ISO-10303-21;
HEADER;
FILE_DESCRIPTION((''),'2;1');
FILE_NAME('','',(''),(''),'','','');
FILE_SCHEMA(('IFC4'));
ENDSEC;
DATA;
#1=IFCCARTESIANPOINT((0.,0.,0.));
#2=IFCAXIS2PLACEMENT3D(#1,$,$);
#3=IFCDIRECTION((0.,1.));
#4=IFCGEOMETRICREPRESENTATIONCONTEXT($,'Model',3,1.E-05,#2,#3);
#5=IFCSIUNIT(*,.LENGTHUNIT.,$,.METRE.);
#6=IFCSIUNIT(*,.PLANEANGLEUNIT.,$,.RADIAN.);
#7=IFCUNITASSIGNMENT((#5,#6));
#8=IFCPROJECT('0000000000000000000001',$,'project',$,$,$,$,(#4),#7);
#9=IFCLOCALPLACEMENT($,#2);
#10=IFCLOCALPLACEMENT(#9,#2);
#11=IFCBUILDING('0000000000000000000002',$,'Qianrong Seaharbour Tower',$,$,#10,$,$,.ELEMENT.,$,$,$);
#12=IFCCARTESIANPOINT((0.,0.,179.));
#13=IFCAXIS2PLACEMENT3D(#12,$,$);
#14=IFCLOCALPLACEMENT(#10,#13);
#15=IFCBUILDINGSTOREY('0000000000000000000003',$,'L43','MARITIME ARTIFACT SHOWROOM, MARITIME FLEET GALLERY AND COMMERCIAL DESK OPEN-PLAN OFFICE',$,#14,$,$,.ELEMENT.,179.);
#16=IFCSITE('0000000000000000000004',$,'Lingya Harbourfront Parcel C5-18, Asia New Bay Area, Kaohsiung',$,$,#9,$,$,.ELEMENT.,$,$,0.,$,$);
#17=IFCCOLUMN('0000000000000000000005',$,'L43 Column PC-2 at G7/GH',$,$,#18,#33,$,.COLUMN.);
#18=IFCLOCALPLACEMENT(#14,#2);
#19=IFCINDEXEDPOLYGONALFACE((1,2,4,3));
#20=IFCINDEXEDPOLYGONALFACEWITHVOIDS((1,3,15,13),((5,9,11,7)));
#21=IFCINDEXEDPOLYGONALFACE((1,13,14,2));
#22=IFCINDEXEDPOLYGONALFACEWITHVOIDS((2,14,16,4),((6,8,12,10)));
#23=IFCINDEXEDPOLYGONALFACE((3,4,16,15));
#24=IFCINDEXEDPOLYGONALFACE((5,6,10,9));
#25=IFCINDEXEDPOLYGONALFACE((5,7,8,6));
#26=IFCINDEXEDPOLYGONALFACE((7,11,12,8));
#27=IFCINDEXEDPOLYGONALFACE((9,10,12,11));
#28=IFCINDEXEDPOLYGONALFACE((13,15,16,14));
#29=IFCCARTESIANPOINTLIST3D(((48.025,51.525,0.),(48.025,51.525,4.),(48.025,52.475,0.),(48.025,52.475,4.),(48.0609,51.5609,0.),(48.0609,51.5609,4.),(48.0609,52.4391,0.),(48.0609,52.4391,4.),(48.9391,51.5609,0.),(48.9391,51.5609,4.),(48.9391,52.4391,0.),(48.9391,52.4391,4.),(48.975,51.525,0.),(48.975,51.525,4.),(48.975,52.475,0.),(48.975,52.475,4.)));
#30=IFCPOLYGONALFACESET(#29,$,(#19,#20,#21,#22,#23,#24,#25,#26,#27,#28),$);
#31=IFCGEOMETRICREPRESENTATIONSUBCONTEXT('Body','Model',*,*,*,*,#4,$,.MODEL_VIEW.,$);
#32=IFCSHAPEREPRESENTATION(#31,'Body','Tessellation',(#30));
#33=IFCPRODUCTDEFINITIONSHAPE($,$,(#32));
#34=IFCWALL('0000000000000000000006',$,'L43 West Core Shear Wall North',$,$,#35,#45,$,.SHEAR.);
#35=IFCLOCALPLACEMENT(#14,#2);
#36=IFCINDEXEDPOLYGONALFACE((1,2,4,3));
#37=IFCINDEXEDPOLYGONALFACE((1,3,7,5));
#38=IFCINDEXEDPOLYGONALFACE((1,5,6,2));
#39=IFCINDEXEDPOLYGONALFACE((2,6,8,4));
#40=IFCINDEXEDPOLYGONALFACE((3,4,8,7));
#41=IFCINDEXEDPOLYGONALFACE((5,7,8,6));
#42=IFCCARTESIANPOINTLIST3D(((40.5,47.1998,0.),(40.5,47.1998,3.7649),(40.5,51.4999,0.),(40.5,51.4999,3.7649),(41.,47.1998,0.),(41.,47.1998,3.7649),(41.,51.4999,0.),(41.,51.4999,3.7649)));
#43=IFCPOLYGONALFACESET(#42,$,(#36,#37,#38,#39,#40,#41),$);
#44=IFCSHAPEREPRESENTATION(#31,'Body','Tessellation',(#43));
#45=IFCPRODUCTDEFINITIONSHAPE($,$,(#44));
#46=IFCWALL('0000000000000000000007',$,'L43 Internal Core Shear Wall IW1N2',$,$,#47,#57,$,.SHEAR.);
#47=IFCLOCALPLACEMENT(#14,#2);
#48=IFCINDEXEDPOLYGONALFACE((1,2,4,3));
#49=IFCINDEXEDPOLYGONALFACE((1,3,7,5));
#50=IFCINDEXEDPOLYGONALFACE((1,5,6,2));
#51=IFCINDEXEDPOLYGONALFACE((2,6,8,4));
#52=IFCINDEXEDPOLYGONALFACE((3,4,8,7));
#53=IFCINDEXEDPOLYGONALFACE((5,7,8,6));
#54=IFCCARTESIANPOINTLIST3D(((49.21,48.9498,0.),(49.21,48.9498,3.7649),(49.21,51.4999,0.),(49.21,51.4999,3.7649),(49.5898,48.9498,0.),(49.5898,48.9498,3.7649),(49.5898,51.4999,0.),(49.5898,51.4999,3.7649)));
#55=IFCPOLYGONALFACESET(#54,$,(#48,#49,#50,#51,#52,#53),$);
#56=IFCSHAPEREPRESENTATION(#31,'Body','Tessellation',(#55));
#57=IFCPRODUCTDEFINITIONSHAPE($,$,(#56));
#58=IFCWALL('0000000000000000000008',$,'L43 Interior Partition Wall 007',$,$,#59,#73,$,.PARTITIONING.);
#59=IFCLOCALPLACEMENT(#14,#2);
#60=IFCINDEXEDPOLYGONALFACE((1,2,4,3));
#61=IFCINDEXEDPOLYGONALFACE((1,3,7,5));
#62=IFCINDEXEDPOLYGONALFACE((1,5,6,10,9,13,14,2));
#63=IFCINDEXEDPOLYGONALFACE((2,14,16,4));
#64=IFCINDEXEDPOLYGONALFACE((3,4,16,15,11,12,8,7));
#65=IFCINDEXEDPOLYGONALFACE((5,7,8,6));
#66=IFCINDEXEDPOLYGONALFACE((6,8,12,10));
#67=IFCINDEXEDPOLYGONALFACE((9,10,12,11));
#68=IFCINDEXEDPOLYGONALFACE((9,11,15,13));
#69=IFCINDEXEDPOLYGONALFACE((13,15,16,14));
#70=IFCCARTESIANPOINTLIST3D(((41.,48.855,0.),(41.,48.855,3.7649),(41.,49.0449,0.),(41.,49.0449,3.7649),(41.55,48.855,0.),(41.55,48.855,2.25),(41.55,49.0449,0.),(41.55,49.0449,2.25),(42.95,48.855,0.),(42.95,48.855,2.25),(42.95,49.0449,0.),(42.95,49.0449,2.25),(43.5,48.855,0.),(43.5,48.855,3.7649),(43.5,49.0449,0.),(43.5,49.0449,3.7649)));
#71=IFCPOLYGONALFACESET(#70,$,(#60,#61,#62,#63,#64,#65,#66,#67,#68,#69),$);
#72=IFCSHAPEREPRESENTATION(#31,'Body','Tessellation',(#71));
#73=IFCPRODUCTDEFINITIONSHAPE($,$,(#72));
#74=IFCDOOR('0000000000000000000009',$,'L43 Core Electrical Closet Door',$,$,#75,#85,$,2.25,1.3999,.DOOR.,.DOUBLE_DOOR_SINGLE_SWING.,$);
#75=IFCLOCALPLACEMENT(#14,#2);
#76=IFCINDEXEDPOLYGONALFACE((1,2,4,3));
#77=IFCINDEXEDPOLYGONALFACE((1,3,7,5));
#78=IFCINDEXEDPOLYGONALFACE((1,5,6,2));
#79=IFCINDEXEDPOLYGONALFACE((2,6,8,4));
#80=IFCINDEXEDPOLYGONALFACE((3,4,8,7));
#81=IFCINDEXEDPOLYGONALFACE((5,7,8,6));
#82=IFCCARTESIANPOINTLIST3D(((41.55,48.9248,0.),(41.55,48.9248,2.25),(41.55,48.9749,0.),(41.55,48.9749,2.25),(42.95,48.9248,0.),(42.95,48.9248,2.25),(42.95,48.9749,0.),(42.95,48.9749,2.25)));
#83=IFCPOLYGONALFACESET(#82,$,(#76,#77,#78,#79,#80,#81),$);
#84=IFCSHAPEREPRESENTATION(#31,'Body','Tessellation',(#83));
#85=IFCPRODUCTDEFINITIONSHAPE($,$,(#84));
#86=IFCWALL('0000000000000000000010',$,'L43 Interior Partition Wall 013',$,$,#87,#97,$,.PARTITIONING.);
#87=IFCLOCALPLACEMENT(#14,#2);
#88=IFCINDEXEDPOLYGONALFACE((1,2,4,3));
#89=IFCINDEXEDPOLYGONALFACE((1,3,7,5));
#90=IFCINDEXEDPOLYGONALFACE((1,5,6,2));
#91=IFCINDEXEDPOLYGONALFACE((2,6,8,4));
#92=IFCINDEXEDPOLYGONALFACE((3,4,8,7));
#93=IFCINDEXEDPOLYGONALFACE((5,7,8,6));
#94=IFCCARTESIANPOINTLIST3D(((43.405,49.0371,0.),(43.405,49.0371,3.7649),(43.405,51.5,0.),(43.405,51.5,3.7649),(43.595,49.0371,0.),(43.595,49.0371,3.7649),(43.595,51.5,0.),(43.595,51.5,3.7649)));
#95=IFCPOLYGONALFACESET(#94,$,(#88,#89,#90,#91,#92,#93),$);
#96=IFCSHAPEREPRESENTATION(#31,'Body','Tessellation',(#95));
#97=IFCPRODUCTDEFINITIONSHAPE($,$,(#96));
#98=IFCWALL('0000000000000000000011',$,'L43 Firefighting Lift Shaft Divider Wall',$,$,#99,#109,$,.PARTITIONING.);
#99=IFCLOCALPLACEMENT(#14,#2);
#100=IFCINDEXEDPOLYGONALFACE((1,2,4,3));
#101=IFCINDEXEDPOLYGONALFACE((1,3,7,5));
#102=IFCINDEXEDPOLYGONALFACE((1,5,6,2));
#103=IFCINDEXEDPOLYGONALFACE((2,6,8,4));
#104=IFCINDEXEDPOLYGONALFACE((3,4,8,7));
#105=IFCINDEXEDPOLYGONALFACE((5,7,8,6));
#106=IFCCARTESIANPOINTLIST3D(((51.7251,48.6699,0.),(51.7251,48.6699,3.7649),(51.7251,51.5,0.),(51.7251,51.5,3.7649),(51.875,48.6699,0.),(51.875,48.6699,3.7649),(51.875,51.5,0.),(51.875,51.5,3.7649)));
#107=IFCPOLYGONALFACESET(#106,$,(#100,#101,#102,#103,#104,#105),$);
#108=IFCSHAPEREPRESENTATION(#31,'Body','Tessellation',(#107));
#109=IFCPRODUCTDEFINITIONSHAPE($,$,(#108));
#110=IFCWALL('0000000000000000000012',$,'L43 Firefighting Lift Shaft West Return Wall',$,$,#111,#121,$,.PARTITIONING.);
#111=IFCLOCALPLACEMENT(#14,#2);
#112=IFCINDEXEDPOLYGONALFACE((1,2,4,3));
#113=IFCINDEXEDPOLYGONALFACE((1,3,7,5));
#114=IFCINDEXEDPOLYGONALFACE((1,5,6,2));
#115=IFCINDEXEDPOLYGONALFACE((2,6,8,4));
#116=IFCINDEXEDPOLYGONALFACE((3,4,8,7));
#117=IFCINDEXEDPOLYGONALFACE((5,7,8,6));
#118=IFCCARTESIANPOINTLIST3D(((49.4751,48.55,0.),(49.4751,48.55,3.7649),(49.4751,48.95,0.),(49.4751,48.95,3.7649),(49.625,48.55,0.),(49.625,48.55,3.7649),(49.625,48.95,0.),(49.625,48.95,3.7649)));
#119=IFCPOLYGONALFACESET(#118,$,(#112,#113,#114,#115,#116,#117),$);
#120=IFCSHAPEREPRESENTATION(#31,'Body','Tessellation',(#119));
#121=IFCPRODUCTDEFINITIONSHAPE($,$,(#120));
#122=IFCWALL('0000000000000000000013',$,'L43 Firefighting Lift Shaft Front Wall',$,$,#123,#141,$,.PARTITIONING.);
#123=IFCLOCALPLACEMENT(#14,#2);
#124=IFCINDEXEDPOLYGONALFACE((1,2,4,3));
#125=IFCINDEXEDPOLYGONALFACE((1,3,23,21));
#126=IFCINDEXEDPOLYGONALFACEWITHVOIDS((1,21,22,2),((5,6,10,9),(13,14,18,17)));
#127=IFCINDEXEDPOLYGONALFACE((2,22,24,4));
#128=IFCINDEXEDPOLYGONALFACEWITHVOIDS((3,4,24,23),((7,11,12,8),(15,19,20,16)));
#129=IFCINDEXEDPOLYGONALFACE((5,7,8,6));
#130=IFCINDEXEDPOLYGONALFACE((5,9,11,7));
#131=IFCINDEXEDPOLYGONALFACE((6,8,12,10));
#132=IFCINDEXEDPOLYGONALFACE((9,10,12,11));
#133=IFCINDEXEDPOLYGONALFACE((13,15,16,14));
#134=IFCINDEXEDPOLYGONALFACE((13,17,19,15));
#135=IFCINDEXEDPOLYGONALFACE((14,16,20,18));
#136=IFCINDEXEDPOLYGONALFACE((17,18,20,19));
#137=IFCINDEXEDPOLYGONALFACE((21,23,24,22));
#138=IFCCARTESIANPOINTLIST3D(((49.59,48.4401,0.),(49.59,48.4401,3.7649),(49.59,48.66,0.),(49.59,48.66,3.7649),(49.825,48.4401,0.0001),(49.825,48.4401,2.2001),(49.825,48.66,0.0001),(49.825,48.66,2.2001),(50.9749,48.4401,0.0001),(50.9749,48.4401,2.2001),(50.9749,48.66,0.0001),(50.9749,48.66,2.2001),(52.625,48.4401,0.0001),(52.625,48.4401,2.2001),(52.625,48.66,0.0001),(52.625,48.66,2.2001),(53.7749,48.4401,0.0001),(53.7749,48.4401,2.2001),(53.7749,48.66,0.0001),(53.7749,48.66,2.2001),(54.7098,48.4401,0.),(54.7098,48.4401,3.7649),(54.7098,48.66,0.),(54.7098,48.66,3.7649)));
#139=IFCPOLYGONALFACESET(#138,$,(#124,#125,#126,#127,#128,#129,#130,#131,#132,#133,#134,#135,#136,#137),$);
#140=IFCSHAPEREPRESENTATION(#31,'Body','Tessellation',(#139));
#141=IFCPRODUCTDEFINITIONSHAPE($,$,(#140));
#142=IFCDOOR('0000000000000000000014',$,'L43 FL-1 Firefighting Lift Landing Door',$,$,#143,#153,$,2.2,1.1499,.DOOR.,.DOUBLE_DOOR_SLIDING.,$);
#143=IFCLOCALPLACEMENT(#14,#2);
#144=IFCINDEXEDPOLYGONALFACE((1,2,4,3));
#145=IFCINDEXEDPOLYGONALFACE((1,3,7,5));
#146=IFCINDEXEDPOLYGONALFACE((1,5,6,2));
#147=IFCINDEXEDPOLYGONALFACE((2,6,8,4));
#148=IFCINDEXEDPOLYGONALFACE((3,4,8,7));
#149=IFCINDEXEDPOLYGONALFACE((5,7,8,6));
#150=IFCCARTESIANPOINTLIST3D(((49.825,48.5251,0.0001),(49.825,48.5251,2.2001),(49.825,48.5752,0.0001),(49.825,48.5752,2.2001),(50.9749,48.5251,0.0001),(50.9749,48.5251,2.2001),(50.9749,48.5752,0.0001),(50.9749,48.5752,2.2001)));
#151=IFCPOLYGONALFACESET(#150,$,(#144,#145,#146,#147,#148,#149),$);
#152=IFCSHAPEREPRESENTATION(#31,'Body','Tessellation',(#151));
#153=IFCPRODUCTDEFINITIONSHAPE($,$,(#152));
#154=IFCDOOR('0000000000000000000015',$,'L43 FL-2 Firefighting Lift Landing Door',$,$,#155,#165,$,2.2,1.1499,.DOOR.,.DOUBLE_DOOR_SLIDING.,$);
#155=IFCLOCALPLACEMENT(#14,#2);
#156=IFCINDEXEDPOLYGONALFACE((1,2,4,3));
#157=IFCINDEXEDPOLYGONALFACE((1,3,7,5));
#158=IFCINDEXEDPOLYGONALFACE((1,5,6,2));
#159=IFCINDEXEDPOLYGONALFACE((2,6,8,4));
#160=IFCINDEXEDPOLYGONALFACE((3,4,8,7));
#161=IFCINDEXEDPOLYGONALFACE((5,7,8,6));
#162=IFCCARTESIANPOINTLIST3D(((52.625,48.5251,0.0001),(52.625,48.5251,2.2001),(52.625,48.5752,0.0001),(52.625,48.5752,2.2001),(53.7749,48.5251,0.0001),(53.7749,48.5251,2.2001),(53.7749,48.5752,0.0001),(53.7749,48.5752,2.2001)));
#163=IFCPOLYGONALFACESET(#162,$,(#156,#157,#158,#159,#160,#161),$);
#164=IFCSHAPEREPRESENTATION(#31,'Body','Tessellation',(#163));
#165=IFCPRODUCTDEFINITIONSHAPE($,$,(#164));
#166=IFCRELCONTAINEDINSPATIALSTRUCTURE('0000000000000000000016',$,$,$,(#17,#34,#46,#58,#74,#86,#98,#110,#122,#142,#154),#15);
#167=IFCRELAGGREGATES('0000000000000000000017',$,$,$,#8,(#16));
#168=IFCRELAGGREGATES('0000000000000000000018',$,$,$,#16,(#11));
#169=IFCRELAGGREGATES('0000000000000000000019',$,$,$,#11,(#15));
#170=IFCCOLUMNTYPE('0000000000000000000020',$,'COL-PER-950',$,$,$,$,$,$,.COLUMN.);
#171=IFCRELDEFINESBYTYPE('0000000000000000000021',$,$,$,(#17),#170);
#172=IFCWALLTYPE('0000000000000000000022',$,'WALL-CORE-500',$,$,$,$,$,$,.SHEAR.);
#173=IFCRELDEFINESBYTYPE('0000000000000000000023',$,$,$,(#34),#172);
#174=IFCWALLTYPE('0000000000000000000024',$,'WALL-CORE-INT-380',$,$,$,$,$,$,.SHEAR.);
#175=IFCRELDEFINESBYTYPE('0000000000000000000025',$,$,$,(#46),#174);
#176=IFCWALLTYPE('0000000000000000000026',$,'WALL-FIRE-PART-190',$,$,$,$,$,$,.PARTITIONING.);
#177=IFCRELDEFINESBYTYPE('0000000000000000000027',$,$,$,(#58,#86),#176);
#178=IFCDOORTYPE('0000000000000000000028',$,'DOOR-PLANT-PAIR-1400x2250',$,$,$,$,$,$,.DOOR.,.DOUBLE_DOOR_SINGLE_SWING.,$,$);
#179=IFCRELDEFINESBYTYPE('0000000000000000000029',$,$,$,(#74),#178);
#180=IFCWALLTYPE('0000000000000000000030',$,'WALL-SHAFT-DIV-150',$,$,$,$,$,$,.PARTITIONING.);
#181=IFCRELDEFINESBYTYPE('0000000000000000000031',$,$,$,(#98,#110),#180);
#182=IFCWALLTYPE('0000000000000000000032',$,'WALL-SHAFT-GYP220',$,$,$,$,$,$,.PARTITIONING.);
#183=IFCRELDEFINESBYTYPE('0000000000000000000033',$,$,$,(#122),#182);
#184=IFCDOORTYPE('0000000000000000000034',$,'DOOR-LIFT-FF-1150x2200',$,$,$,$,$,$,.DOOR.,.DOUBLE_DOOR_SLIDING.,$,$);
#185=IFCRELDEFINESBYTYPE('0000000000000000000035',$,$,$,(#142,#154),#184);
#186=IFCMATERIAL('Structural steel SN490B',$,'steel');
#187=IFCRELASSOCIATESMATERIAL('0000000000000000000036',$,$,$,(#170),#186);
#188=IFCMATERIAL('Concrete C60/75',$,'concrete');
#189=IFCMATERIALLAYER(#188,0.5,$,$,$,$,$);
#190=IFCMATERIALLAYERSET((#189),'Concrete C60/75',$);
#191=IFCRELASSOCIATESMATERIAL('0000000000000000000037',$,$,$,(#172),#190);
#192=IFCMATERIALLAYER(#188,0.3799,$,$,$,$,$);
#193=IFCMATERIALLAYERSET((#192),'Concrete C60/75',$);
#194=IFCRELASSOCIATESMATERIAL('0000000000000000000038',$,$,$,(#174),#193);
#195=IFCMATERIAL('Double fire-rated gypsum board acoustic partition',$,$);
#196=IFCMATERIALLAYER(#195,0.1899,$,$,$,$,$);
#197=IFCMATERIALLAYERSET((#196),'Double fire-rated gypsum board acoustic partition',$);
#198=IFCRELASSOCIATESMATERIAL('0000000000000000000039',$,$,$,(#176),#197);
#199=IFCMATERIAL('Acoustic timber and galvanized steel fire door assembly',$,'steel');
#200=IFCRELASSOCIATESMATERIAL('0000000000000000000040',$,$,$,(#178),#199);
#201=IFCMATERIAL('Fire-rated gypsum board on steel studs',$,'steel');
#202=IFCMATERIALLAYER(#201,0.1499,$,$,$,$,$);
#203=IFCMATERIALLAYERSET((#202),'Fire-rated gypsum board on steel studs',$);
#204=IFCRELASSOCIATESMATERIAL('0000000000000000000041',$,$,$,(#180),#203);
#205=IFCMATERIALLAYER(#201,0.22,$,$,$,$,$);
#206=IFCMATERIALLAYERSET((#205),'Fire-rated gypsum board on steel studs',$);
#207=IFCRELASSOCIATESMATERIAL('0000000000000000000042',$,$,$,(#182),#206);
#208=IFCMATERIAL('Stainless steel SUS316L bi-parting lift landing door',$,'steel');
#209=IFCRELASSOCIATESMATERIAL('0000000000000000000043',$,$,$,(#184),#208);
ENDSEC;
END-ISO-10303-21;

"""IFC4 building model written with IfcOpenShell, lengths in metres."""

from ifc_helpers import new_model, si_unit, direction, frame, frame_2d, origin, origin_2d, place, context, subcontext, project, spatial, rectangle, hollow_rectangle, extrude, material, layer, layer_set, material_profile, profile_set, type_object, element, fill, save


model = new_model("IFC4")

# Units and contexts
model_context = context("Model", 3, precision=1e-05, world=origin(), true_north=direction((0.0, 1.0)))
body_context = subcontext(model_context, "Body", "Model", "MODEL_VIEW")
ifc_project = project(units=[si_unit("LENGTHUNIT", "METRE"), si_unit("PLANEANGLEUNIT", "RADIAN")], contexts=[model_context])

# Site, building, storey
site_placement = place(None, origin())
site = spatial("IfcSite", under=ifc_project, at=site_placement, Name="Lingya Harbourfront Parcel C5-18, Asia New Bay Area, Kaohsiung", CompositionType="ELEMENT", RefElevation=0.0)
building_placement = place(site_placement, origin())
building = spatial("IfcBuilding", under=site, at=building_placement, Name="Qianrong Seaharbour Tower", CompositionType="ELEMENT")
storey_placement = place(building_placement, frame((0.0, 0.0, 179.0)))
storey = spatial("IfcBuildingStorey", under=building, at=storey_placement, Name="L43", Description="MARITIME ARTIFACT SHOWROOM, MARITIME FLEET GALLERY AND COMMERCIAL DESK OPEN-PLAN OFFICE", CompositionType="ELEMENT", Elevation=179.0)

# Column
ifc_material_1 = material(Name="Structural steel SN490B", Category="steel")
ifc_material_profile = material_profile(ifc_material_1, hollow_rectangle(XDim=0.95, YDim=0.95, WallThickness=0.0359, at=origin_2d()), Name="BOX950x950x36")
ifc_profile_set = profile_set([ifc_material_profile], Name="Structural steel SN490B")
column_type = type_object("IfcColumnType", Name="COL-PER-950", PredefinedType="COLUMN", material=ifc_profile_set)
column_placement = place(storey_placement, frame((48.5, 52.0, 0.0), z_axis=(0.0, 0.0, 1.0), x_axis=(1.0, 0.0, 0.0)))
element("IfcColumn", 1, at=column_placement, inside=storey, type_object=column_type, Name="L43 Column PC-2 at G7/GH", PredefinedType="COLUMN", context=body_context, shape_type="SweptSolid", body=[
    extrude(hollow_rectangle(XDim=0.95, YDim=0.95, WallThickness=0.0359, at=origin_2d()), origin(), (0.0, 0.0, 1.0), 4.0),
])

# Walls
ifc_material_2 = material(Name="Concrete C60/75", Category="concrete")
ifc_layer_1 = layer(ifc_material_2, 0.5)
ifc_layer_set_1 = layer_set([ifc_layer_1], Name="Concrete C60/75")
wall_type_1 = type_object("IfcWallType", Name="WALL-CORE-500", PredefinedType="SHEAR", material=ifc_layer_set_1)
wall_1_placement = place(storey_placement, frame((40.75, 47.2, 0.0), z_axis=(0.0, 0.0, 1.0), x_axis=(0.0, 1.0, 0.0)))
element("IfcWall", 2, at=wall_1_placement, inside=storey, type_object=wall_type_1, Name="L43 West Core Shear Wall North", PredefinedType="SHEAR", context=body_context, shape_type="SweptSolid", body=[
    extrude(rectangle(XDim=4.3, YDim=0.5, at=frame_2d((2.1499, 0.0))), origin(), (0.0, 0.0, 1.0), 3.7649),
])
ifc_layer_2 = layer(ifc_material_2, 0.3799)
ifc_layer_set_2 = layer_set([ifc_layer_2], Name="Concrete C60/75")
wall_type_2 = type_object("IfcWallType", Name="WALL-CORE-INT-380", PredefinedType="SHEAR", material=ifc_layer_set_2)
wall_2_placement = place(storey_placement, frame((49.3999, 48.95, 0.0), z_axis=(0.0, 0.0, 1.0), x_axis=(0.0, 1.0, 0.0)))
element("IfcWall", 3, at=wall_2_placement, inside=storey, type_object=wall_type_2, Name="L43 Internal Core Shear Wall IW1N2", PredefinedType="SHEAR", context=body_context, shape_type="SweptSolid", body=[
    extrude(rectangle(XDim=2.55, YDim=0.3799, at=frame_2d((1.2749, 0.0))), origin(), (0.0, 0.0, 1.0), 3.7649),
])

# Wall, opening, door
ifc_material_3 = material(Name="Double fire-rated gypsum board acoustic partition")
ifc_layer_3 = layer(ifc_material_3, 0.1899)
ifc_layer_set_3 = layer_set([ifc_layer_3], Name="Double fire-rated gypsum board acoustic partition")
wall_type_3 = type_object("IfcWallType", Name="WALL-FIRE-PART-190", PredefinedType="PARTITIONING", material=ifc_layer_set_3)
wall_3_placement = place(storey_placement, frame((41.0, 48.95, 0.0), z_axis=(0.0, 0.0, 1.0), x_axis=(1.0, 0.0, 0.0)))
wall_3 = element("IfcWall", 4, at=wall_3_placement, inside=storey, type_object=wall_type_3, Name="L43 Interior Partition Wall 007", PredefinedType="PARTITIONING", context=body_context, shape_type="SweptSolid", body=[
    extrude(rectangle(XDim=2.5, YDim=0.1899, at=frame_2d((1.25, 0.0))), origin(), (0.0, 0.0, 1.0), 3.7649),
])
opening_1_placement = place(wall_3_placement, frame((0.55, 0.0, 0.0)))
opening_1 = element("IfcOpeningElement", 5, at=opening_1_placement, cuts=wall_3, PredefinedType="OPENING", context=body_context, shape_type="SweptSolid", body=[
    extrude(rectangle(XDim=1.3999, YDim=2.25, at=frame_2d((0.7, 1.125))), frame((0.0, 0.105, 0.0), z_axis=(0.0, -1.0, 0.0), x_axis=(1.0, 0.0, 0.0)), (0.0, 0.0, 1.0), 0.21),
])
ifc_material_4 = material(Name="Acoustic timber and galvanized steel fire door assembly", Category="steel")
door_type_1 = type_object("IfcDoorType", Name="DOOR-PLANT-PAIR-1400x2250", OperationType="DOUBLE_DOOR_SINGLE_SWING", PredefinedType="DOOR", material=ifc_material_4)
door_1_placement = place(opening_1_placement, origin())
door_1 = element("IfcDoor", 6, at=door_1_placement, inside=storey, type_object=door_type_1, Name="L43 Core Electrical Closet Door", OperationType="DOUBLE_DOOR_SINGLE_SWING", OverallHeight=2.25, OverallWidth=1.3999, PredefinedType="DOOR", context=body_context, shape_type="SweptSolid", body=[
    extrude(rectangle(XDim=1.3999, YDim=2.25, at=frame_2d((0.7, 1.125))), frame((0.0, 0.0249, 0.0), z_axis=(0.0, -1.0, 0.0), x_axis=(1.0, 0.0, 0.0)), (0.0, 0.0, 1.0), 0.05),
])
fill(opening_1, door_1)

# Walls
wall_4_placement = place(storey_placement, frame((43.5, 51.5, 0.0), z_axis=(0.0, 0.0, 1.0), x_axis=(0.0, -1.0, 0.0)))
element("IfcWall", 7, at=wall_4_placement, inside=storey, type_object=wall_type_3, Name="L43 Interior Partition Wall 013", PredefinedType="PARTITIONING", context=body_context, shape_type="SweptSolid", body=[
    extrude(rectangle(XDim=2.4629, YDim=0.1899, at=frame_2d((1.2314, 0.0))), origin(), (0.0, 0.0, 1.0), 3.7649),
])
ifc_material_5 = material(Name="Fire-rated gypsum board on steel studs", Category="steel")
ifc_layer_4 = layer(ifc_material_5, 0.1499)
ifc_layer_set_4 = layer_set([ifc_layer_4], Name="Fire-rated gypsum board on steel studs")
wall_type_4 = type_object("IfcWallType", Name="WALL-SHAFT-DIV-150", PredefinedType="PARTITIONING", material=ifc_layer_set_4)
wall_5_placement = place(storey_placement, frame((51.8, 48.6699, 0.0), z_axis=(0.0, 0.0, 1.0), x_axis=(0.0, 1.0, 0.0)))
element("IfcWall", 8, at=wall_5_placement, inside=storey, type_object=wall_type_4, Name="L43 Firefighting Lift Shaft Divider Wall", PredefinedType="PARTITIONING", context=body_context, shape_type="SweptSolid", body=[
    extrude(rectangle(XDim=2.8301, YDim=0.1499, at=frame_2d((1.415, 0.0))), origin(), (0.0, 0.0, 1.0), 3.7649),
])
wall_6_placement = place(storey_placement, frame((49.55, 48.55, 0.0), z_axis=(0.0, 0.0, 1.0), x_axis=(0.0, 1.0, 0.0)))
element("IfcWall", 9, at=wall_6_placement, inside=storey, type_object=wall_type_4, Name="L43 Firefighting Lift Shaft West Return Wall", PredefinedType="PARTITIONING", context=body_context, shape_type="SweptSolid", body=[
    extrude(rectangle(XDim=0.3999, YDim=0.1499, at=frame_2d((0.2, 0.0))), origin(), (0.0, 0.0, 1.0), 3.7649),
])

# Wall, openings, doors
ifc_layer_5 = layer(ifc_material_5, 0.22)
ifc_layer_set_5 = layer_set([ifc_layer_5], Name="Fire-rated gypsum board on steel studs")
wall_type_5 = type_object("IfcWallType", Name="WALL-SHAFT-GYP220", PredefinedType="PARTITIONING", material=ifc_layer_set_5)
wall_7_placement = place(storey_placement, frame((54.71, 48.55, 0.0), z_axis=(0.0, 0.0, 1.0), x_axis=(-1.0, 0.0, 0.0)))
wall_7 = element("IfcWall", 10, at=wall_7_placement, inside=storey, type_object=wall_type_5, Name="L43 Firefighting Lift Shaft Front Wall", PredefinedType="PARTITIONING", context=body_context, shape_type="SweptSolid", body=[
    extrude(rectangle(XDim=5.1199, YDim=0.22, at=frame_2d((2.5601, 0.0))), origin(), (0.0, 0.0, 1.0), 3.7649),
])
opening_2_placement = place(wall_7_placement, frame((3.7351, 0.0, 0.0)))
opening_2 = element("IfcOpeningElement", 11, at=opening_2_placement, cuts=wall_7, PredefinedType="OPENING", context=body_context, shape_type="SweptSolid", body=[
    extrude(rectangle(XDim=1.1499, YDim=2.2, at=frame_2d((0.575, 1.1001))), frame((0.0, 0.1201, 0.0), z_axis=(0.0, -1.0, 0.0), x_axis=(1.0, 0.0, 0.0)), (0.0, 0.0, 1.0), 0.24),
])
opening_3_placement = place(wall_7_placement, frame((0.9351, 0.0, 0.0)))
opening_3 = element("IfcOpeningElement", 12, at=opening_3_placement, cuts=wall_7, PredefinedType="OPENING", context=body_context, shape_type="SweptSolid", body=[
    extrude(rectangle(XDim=1.1499, YDim=2.2, at=frame_2d((0.575, 1.1001))), frame((0.0, 0.1201, 0.0), z_axis=(0.0, -1.0, 0.0), x_axis=(1.0, 0.0, 0.0)), (0.0, 0.0, 1.0), 0.24),
])
ifc_material_6 = material(Name="Stainless steel SUS316L bi-parting lift landing door", Category="steel")
door_type_2 = type_object("IfcDoorType", Name="DOOR-LIFT-FF-1150x2200", OperationType="DOUBLE_DOOR_SLIDING", PredefinedType="DOOR", material=ifc_material_6)
door_2_placement = place(opening_2_placement, origin())
door_2 = element("IfcDoor", 13, at=door_2_placement, inside=storey, type_object=door_type_2, Name="L43 FL-1 Firefighting Lift Landing Door", OperationType="DOUBLE_DOOR_SLIDING", OverallHeight=2.2, OverallWidth=1.1499, PredefinedType="DOOR", context=body_context, shape_type="SweptSolid", body=[
    extrude(rectangle(XDim=1.1499, YDim=2.2, at=frame_2d((0.575, 1.1001))), frame((0.0, 0.0249, 0.0), z_axis=(0.0, -1.0, 0.0), x_axis=(1.0, 0.0, 0.0)), (0.0, 0.0, 1.0), 0.05),
])
fill(opening_2, door_2)
door_3_placement = place(opening_3_placement, origin())
door_3 = element("IfcDoor", 14, at=door_3_placement, inside=storey, type_object=door_type_2, Name="L43 FL-2 Firefighting Lift Landing Door", OperationType="DOUBLE_DOOR_SLIDING", OverallHeight=2.2, OverallWidth=1.1499, PredefinedType="DOOR", context=body_context, shape_type="SweptSolid", body=[
    extrude(rectangle(XDim=1.1499, YDim=2.2, at=frame_2d((0.575, 1.1001))), frame((0.0, 0.0249, 0.0), z_axis=(0.0, -1.0, 0.0), x_axis=(1.0, 0.0, 0.0)), (0.0, 0.0, 1.0), 0.05),
])
fill(opening_3, door_3)

save(model, "model.ifc")
